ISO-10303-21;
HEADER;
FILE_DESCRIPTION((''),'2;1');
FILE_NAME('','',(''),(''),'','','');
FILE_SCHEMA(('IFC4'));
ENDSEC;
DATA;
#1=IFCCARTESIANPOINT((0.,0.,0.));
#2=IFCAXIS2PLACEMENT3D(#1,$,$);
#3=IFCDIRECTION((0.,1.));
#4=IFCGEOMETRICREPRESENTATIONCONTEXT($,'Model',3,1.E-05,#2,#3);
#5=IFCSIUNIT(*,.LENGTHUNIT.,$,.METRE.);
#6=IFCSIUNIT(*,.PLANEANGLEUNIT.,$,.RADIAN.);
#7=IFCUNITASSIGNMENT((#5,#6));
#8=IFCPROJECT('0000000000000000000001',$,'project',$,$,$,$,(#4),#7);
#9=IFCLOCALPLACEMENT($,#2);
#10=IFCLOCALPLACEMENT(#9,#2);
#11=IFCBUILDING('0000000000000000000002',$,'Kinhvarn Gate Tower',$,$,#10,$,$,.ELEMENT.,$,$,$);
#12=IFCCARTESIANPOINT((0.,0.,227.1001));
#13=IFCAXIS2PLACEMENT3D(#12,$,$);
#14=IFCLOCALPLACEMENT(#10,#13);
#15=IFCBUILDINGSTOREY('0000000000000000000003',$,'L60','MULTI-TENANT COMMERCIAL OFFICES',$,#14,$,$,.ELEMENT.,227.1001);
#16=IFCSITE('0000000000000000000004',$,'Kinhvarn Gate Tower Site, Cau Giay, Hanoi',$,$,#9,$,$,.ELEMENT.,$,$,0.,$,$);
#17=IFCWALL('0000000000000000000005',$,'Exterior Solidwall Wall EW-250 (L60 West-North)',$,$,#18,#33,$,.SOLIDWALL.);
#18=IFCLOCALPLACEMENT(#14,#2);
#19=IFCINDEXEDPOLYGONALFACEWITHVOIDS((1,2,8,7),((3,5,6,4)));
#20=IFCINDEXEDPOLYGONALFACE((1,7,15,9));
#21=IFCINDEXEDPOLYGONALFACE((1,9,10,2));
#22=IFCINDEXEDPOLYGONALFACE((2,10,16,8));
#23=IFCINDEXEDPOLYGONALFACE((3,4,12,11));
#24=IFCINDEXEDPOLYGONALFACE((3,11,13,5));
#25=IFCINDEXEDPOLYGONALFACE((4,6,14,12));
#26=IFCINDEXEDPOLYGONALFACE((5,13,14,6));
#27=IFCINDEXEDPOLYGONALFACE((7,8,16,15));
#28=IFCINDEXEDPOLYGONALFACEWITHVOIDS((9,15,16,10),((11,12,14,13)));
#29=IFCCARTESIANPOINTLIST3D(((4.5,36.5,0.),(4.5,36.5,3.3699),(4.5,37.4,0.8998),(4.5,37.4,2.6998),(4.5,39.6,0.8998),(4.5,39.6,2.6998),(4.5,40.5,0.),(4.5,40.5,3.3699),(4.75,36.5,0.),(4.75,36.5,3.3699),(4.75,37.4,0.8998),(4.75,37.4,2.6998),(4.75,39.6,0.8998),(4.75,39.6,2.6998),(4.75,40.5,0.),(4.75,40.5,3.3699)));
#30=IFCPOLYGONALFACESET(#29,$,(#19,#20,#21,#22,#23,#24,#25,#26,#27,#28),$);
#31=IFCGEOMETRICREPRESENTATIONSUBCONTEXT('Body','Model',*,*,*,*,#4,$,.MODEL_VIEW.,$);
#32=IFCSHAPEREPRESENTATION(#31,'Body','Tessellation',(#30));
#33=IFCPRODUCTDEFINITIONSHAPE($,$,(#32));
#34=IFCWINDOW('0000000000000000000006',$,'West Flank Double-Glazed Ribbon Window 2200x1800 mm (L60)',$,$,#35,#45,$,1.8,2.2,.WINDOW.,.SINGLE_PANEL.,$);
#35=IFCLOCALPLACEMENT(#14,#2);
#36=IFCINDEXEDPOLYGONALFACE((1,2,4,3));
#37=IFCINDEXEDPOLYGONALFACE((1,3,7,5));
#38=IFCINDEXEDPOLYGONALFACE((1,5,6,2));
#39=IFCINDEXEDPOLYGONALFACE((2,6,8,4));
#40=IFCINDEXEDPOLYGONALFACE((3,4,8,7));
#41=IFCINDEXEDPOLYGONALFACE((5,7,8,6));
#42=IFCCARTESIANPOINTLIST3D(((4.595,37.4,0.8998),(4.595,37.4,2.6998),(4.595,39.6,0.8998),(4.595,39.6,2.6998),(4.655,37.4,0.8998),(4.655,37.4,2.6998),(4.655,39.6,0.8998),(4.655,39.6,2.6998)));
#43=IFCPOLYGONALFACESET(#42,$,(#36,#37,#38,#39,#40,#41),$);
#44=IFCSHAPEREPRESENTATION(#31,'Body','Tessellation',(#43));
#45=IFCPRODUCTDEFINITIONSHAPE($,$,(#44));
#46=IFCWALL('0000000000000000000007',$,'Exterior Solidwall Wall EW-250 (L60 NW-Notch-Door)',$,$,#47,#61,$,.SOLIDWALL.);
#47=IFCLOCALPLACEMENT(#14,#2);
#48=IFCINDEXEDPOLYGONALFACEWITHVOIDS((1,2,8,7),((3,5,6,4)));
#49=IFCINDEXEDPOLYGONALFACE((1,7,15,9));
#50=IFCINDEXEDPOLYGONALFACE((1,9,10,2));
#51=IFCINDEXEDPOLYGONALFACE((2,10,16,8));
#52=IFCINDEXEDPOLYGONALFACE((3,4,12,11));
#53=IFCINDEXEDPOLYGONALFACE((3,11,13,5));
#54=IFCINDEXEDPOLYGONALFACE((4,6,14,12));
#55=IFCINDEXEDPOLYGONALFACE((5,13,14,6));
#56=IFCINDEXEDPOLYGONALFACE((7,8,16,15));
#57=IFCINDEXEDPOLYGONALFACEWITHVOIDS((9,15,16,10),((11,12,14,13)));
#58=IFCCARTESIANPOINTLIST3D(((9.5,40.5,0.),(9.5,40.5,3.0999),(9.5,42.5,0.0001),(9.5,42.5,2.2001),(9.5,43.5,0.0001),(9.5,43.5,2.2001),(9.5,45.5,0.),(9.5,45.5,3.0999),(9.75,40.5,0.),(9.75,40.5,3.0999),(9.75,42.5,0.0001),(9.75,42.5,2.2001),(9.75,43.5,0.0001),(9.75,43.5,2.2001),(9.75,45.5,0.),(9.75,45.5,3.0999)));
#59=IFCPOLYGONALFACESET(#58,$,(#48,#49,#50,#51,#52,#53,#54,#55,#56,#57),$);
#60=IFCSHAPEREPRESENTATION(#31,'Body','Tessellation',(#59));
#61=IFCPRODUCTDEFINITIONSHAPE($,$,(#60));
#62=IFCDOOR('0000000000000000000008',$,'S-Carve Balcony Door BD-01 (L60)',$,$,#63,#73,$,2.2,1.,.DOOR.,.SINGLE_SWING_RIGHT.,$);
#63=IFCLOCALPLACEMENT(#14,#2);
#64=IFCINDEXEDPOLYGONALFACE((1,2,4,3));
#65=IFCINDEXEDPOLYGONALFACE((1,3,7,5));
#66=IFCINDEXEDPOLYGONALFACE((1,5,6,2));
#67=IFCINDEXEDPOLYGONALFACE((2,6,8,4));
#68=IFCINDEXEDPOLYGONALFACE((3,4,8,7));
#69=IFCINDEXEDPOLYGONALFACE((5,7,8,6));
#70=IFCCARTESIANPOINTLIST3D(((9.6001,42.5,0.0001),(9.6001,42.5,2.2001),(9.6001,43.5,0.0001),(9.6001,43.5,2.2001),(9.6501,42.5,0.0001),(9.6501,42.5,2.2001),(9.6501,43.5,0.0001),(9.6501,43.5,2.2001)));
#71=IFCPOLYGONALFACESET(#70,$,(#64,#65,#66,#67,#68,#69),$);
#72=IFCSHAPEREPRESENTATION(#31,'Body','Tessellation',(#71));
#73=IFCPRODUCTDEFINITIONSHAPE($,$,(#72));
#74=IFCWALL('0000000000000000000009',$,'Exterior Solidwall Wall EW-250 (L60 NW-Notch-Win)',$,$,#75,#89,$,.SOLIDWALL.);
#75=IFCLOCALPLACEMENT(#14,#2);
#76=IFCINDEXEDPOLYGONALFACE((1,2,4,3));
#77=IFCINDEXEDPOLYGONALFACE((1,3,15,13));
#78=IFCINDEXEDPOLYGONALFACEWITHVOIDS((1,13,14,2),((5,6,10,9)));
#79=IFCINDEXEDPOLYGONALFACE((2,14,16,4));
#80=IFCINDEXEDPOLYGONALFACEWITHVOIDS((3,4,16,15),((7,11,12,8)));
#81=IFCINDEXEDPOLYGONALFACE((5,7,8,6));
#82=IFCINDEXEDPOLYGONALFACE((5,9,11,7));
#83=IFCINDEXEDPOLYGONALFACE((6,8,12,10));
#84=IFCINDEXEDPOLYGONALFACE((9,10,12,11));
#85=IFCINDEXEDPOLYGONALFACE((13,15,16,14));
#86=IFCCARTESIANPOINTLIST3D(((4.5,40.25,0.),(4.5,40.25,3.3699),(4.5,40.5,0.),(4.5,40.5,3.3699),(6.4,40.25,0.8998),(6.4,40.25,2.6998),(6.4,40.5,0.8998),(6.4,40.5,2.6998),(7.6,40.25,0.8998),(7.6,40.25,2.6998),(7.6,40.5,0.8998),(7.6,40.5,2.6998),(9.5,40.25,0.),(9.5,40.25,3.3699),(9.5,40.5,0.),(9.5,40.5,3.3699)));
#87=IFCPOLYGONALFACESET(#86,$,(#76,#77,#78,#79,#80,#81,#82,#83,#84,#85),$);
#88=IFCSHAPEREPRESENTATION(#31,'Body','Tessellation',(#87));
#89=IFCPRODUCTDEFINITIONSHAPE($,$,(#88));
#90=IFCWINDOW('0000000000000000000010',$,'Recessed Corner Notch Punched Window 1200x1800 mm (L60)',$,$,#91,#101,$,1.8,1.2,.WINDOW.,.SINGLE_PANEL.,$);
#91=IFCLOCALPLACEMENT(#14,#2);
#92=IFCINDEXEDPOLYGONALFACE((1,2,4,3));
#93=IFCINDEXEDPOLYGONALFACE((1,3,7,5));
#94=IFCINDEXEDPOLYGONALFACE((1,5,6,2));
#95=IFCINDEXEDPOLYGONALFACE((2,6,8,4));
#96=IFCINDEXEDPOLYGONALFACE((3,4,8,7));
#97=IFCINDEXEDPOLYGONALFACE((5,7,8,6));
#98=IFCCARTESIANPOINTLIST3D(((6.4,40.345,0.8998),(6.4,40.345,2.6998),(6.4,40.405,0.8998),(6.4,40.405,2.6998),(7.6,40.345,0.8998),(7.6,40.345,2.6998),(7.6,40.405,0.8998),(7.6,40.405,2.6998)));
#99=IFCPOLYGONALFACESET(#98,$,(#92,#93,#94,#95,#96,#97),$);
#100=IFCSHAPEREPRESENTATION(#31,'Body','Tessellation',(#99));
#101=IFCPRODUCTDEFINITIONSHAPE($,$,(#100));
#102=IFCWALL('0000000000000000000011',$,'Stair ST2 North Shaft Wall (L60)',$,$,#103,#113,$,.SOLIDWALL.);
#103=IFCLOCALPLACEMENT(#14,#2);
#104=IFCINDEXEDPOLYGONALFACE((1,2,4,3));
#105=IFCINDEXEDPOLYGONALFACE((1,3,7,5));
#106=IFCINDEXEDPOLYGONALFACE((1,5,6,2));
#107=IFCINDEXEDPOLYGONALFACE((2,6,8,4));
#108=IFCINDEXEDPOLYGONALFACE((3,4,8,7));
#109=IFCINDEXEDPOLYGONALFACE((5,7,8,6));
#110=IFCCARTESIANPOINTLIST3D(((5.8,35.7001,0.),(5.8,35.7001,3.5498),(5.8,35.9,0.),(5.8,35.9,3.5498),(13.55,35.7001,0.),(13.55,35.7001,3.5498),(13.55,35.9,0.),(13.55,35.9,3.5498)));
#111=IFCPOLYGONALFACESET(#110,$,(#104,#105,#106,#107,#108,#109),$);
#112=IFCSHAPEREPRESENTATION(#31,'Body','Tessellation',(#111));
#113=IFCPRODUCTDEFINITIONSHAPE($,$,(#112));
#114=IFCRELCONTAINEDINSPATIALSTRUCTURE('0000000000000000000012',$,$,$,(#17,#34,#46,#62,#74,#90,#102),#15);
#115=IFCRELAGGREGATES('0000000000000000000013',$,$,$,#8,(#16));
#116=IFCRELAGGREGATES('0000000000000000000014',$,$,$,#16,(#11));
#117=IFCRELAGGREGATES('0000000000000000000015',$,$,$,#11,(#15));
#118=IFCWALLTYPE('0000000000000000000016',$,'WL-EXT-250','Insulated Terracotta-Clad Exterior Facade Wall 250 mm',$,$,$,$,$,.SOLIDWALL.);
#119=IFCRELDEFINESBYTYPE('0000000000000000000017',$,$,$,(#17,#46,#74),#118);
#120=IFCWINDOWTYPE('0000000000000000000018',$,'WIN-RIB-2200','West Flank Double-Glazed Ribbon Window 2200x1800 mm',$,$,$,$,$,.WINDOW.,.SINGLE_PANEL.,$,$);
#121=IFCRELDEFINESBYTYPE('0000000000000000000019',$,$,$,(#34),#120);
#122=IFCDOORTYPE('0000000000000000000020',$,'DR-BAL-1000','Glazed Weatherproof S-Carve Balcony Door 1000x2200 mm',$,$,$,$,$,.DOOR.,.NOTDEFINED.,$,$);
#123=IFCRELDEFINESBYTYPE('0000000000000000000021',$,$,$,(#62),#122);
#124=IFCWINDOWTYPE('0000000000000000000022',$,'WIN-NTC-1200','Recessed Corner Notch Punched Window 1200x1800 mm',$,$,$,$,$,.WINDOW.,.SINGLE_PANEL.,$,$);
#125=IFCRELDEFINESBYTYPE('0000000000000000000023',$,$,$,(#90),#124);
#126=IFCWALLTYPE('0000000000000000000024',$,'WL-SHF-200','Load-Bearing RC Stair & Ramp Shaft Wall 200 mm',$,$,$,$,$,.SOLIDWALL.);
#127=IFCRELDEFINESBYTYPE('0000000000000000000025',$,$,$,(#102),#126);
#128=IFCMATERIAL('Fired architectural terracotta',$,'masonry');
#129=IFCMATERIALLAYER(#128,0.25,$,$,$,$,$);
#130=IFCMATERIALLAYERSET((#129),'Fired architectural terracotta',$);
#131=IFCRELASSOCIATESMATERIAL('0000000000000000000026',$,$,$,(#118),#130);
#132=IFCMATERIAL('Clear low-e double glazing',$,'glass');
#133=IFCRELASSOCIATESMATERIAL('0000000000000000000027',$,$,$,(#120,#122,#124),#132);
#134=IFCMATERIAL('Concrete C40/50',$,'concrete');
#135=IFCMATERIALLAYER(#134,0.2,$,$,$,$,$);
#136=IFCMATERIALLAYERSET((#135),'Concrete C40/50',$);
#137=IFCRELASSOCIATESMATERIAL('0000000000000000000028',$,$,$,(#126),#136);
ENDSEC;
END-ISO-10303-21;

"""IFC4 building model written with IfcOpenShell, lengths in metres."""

from ifc_helpers import new_model, si_unit, direction, frame, frame_2d, origin, place, context, subcontext, project, spatial, rectangle, extrude, material, layer, layer_set, type_object, element, fill, save


model = new_model("IFC4")

# Units and contexts
model_context = context("Model", 3, precision=1e-05, world=origin(), true_north=direction((0.0, 1.0)))
body_context = subcontext(model_context, "Body", "Model", "MODEL_VIEW")
ifc_project = project(units=[si_unit("LENGTHUNIT", "METRE"), si_unit("PLANEANGLEUNIT", "RADIAN")], contexts=[model_context])

# Site, building, storey
site_placement = place(None, origin())
site = spatial("IfcSite", under=ifc_project, at=site_placement, Name="Kinhvarn Gate Tower Site, Cau Giay, Hanoi", CompositionType="ELEMENT", RefElevation=0.0)
building_placement = place(site_placement, origin())
building = spatial("IfcBuilding", under=site, at=building_placement, Name="Kinhvarn Gate Tower", CompositionType="ELEMENT")
storey_placement = place(building_placement, frame((0.0, 0.0, 227.1001)))
storey = spatial("IfcBuildingStorey", under=building, at=storey_placement, Name="L60", Description="MULTI-TENANT COMMERCIAL OFFICES", CompositionType="ELEMENT", Elevation=227.1001)

# Wall, opening, window
ifc_material_1 = material(Name="Fired architectural terracotta", Category="masonry")
ifc_layer_1 = layer(ifc_material_1, 0.25)
ifc_layer_set_1 = layer_set([ifc_layer_1], Name="Fired architectural terracotta")
wall_type_1 = type_object("IfcWallType", Name="WL-EXT-250", Description="Insulated Terracotta-Clad Exterior Facade Wall 250 mm", PredefinedType="SOLIDWALL", material=ifc_layer_set_1)
wall_1_placement = place(storey_placement, frame((4.625, 40.5, 0.0), z_axis=(0.0, 0.0, 1.0), x_axis=(0.0, -1.0, 0.0)))
wall_1 = element("IfcWall", 1, at=wall_1_placement, inside=storey, type_object=wall_type_1, Name="Exterior Solidwall Wall EW-250 (L60 West-North)", PredefinedType="SOLIDWALL", context=body_context, shape_type="SweptSolid", body=[
    extrude(rectangle(XDim=4.0, YDim=0.25, at=frame_2d((2.0, 0.0))), origin(), (0.0, 0.0, 1.0), 3.3699),
])
opening_1_placement = place(wall_1_placement, frame((0.8999, 0.0, 0.8999)))
opening_1 = element("IfcOpeningElement", 2, at=opening_1_placement, cuts=wall_1, PredefinedType="OPENING", context=body_context, shape_type="SweptSolid", body=[
    extrude(rectangle(XDim=2.2, YDim=1.8, at=frame_2d((1.1001, 0.8999))), frame((0.0, 0.135, 0.0), z_axis=(0.0, -1.0, 0.0), x_axis=(1.0, 0.0, 0.0)), (0.0, 0.0, 1.0), 0.27),
])
ifc_material_2 = material(Name="Clear low-e double glazing", Category="glass")
window_type_1 = type_object("IfcWindowType", Name="WIN-RIB-2200", Description="West Flank Double-Glazed Ribbon Window 2200x1800 mm", PartitioningType="SINGLE_PANEL", PredefinedType="WINDOW", material=ifc_material_2)
window_1_placement = place(opening_1_placement, origin())
window_1 = element("IfcWindow", 3, at=window_1_placement, inside=storey, type_object=window_type_1, Name="West Flank Double-Glazed Ribbon Window 2200x1800 mm (L60)", OverallHeight=1.8, OverallWidth=2.2, PartitioningType="SINGLE_PANEL", PredefinedType="WINDOW", context=body_context, shape_type="SweptSolid", body=[
    extrude(rectangle(XDim=2.2, YDim=1.8, at=frame_2d((1.1001, 0.8999))), frame((0.0, 0.03, 0.0), z_axis=(0.0, -1.0, 0.0), x_axis=(1.0, 0.0, 0.0)), (0.0, 0.0, 1.0), 0.0601),
])
fill(opening_1, window_1)

# Wall, opening, door
wall_2_placement = place(storey_placement, frame((9.625, 45.5, 0.0), z_axis=(0.0, 0.0, 1.0), x_axis=(0.0, -1.0, 0.0)))
wall_2 = element("IfcWall", 4, at=wall_2_placement, inside=storey, type_object=wall_type_1, Name="Exterior Solidwall Wall EW-250 (L60 NW-Notch-Door)", PredefinedType="SOLIDWALL", context=body_context, shape_type="SweptSolid", body=[
    extrude(rectangle(XDim=5.0, YDim=0.25, at=frame_2d((2.5, 0.0))), origin(), (0.0, 0.0, 1.0), 3.0999),
])
opening_2_placement = place(wall_2_placement, frame((2.0, 0.0, 0.0)))
opening_2 = element("IfcOpeningElement", 5, at=opening_2_placement, cuts=wall_2, PredefinedType="OPENING", context=body_context, shape_type="SweptSolid", body=[
    extrude(rectangle(XDim=1.0, YDim=2.2, at=frame_2d((0.5, 1.1001))), frame((0.0, 0.135, 0.0), z_axis=(0.0, -1.0, 0.0), x_axis=(1.0, 0.0, 0.0)), (0.0, 0.0, 1.0), 0.27),
])
door_type = type_object("IfcDoorType", Name="DR-BAL-1000", Description="Glazed Weatherproof S-Carve Balcony Door 1000x2200 mm", OperationType="NOTDEFINED", PredefinedType="DOOR", material=ifc_material_2)
door_placement = place(opening_2_placement, frame((1.0, 0.0, 0.0), z_axis=(0.0, 0.0, 1.0), x_axis=(-1.0, 0.0, 0.0)))
door = element("IfcDoor", 6, at=door_placement, inside=storey, type_object=door_type, Name="S-Carve Balcony Door BD-01 (L60)", OperationType="SINGLE_SWING_RIGHT", OverallHeight=2.2, OverallWidth=1.0, PredefinedType="DOOR", context=body_context, shape_type="SweptSolid", body=[
    extrude(rectangle(XDim=1.0, YDim=2.2, at=frame_2d((0.5, 1.1001))), frame((0.0, 0.0249, 0.0), z_axis=(0.0, -1.0, 0.0), x_axis=(1.0, 0.0, 0.0)), (0.0, 0.0, 1.0), 0.05),
])
fill(opening_2, door)

# Wall, opening, window
wall_3_placement = place(storey_placement, frame((9.5, 40.375, 0.0), z_axis=(0.0, 0.0, 1.0), x_axis=(-1.0, 0.0, 0.0)))
wall_3 = element("IfcWall", 7, at=wall_3_placement, inside=storey, type_object=wall_type_1, Name="Exterior Solidwall Wall EW-250 (L60 NW-Notch-Win)", PredefinedType="SOLIDWALL", context=body_context, shape_type="SweptSolid", body=[
    extrude(rectangle(XDim=5.0, YDim=0.25, at=frame_2d((2.5, 0.0))), origin(), (0.0, 0.0, 1.0), 3.3699),
])
opening_3_placement = place(wall_3_placement, frame((1.8999, 0.0, 0.8999)))
opening_3 = element("IfcOpeningElement", 8, at=opening_3_placement, cuts=wall_3, PredefinedType="OPENING", context=body_context, shape_type="SweptSolid", body=[
    extrude(rectangle(XDim=1.2, YDim=1.8, at=frame_2d((0.6001, 0.8999))), frame((0.0, 0.135, 0.0), z_axis=(0.0, -1.0, 0.0), x_axis=(1.0, 0.0, 0.0)), (0.0, 0.0, 1.0), 0.27),
])
window_type_2 = type_object("IfcWindowType", Name="WIN-NTC-1200", Description="Recessed Corner Notch Punched Window 1200x1800 mm", PartitioningType="SINGLE_PANEL", PredefinedType="WINDOW", material=ifc_material_2)
window_2_placement = place(opening_3_placement, origin())
window_2 = element("IfcWindow", 9, at=window_2_placement, inside=storey, type_object=window_type_2, Name="Recessed Corner Notch Punched Window 1200x1800 mm (L60)", OverallHeight=1.8, OverallWidth=1.2, PartitioningType="SINGLE_PANEL", PredefinedType="WINDOW", context=body_context, shape_type="SweptSolid", body=[
    extrude(rectangle(XDim=1.2, YDim=1.8, at=frame_2d((0.6001, 0.8999))), frame((0.0, 0.03, 0.0), z_axis=(0.0, -1.0, 0.0), x_axis=(1.0, 0.0, 0.0)), (0.0, 0.0, 1.0), 0.0601),
])
fill(opening_3, window_2)

# Wall
ifc_material_3 = material(Name="Concrete C40/50", Category="concrete")
ifc_layer_2 = layer(ifc_material_3, 0.2)
ifc_layer_set_2 = layer_set([ifc_layer_2], Name="Concrete C40/50")
wall_type_2 = type_object("IfcWallType", Name="WL-SHF-200", Description="Load-Bearing RC Stair & Ramp Shaft Wall 200 mm", PredefinedType="SOLIDWALL", material=ifc_layer_set_2)
wall_4_placement = place(storey_placement, frame((5.8, 35.8, 0.0), z_axis=(0.0, 0.0, 1.0), x_axis=(1.0, 0.0, 0.0)))
element("IfcWall", 10, at=wall_4_placement, inside=storey, type_object=wall_type_2, Name="Stair ST2 North Shaft Wall (L60)", PredefinedType="SOLIDWALL", context=body_context, shape_type="SweptSolid", body=[
    extrude(rectangle(XDim=7.75, YDim=0.2, at=frame_2d((3.875, 0.0))), origin(), (0.0, 0.0, 1.0), 3.5498),
])

save(model, "model.ifc")
